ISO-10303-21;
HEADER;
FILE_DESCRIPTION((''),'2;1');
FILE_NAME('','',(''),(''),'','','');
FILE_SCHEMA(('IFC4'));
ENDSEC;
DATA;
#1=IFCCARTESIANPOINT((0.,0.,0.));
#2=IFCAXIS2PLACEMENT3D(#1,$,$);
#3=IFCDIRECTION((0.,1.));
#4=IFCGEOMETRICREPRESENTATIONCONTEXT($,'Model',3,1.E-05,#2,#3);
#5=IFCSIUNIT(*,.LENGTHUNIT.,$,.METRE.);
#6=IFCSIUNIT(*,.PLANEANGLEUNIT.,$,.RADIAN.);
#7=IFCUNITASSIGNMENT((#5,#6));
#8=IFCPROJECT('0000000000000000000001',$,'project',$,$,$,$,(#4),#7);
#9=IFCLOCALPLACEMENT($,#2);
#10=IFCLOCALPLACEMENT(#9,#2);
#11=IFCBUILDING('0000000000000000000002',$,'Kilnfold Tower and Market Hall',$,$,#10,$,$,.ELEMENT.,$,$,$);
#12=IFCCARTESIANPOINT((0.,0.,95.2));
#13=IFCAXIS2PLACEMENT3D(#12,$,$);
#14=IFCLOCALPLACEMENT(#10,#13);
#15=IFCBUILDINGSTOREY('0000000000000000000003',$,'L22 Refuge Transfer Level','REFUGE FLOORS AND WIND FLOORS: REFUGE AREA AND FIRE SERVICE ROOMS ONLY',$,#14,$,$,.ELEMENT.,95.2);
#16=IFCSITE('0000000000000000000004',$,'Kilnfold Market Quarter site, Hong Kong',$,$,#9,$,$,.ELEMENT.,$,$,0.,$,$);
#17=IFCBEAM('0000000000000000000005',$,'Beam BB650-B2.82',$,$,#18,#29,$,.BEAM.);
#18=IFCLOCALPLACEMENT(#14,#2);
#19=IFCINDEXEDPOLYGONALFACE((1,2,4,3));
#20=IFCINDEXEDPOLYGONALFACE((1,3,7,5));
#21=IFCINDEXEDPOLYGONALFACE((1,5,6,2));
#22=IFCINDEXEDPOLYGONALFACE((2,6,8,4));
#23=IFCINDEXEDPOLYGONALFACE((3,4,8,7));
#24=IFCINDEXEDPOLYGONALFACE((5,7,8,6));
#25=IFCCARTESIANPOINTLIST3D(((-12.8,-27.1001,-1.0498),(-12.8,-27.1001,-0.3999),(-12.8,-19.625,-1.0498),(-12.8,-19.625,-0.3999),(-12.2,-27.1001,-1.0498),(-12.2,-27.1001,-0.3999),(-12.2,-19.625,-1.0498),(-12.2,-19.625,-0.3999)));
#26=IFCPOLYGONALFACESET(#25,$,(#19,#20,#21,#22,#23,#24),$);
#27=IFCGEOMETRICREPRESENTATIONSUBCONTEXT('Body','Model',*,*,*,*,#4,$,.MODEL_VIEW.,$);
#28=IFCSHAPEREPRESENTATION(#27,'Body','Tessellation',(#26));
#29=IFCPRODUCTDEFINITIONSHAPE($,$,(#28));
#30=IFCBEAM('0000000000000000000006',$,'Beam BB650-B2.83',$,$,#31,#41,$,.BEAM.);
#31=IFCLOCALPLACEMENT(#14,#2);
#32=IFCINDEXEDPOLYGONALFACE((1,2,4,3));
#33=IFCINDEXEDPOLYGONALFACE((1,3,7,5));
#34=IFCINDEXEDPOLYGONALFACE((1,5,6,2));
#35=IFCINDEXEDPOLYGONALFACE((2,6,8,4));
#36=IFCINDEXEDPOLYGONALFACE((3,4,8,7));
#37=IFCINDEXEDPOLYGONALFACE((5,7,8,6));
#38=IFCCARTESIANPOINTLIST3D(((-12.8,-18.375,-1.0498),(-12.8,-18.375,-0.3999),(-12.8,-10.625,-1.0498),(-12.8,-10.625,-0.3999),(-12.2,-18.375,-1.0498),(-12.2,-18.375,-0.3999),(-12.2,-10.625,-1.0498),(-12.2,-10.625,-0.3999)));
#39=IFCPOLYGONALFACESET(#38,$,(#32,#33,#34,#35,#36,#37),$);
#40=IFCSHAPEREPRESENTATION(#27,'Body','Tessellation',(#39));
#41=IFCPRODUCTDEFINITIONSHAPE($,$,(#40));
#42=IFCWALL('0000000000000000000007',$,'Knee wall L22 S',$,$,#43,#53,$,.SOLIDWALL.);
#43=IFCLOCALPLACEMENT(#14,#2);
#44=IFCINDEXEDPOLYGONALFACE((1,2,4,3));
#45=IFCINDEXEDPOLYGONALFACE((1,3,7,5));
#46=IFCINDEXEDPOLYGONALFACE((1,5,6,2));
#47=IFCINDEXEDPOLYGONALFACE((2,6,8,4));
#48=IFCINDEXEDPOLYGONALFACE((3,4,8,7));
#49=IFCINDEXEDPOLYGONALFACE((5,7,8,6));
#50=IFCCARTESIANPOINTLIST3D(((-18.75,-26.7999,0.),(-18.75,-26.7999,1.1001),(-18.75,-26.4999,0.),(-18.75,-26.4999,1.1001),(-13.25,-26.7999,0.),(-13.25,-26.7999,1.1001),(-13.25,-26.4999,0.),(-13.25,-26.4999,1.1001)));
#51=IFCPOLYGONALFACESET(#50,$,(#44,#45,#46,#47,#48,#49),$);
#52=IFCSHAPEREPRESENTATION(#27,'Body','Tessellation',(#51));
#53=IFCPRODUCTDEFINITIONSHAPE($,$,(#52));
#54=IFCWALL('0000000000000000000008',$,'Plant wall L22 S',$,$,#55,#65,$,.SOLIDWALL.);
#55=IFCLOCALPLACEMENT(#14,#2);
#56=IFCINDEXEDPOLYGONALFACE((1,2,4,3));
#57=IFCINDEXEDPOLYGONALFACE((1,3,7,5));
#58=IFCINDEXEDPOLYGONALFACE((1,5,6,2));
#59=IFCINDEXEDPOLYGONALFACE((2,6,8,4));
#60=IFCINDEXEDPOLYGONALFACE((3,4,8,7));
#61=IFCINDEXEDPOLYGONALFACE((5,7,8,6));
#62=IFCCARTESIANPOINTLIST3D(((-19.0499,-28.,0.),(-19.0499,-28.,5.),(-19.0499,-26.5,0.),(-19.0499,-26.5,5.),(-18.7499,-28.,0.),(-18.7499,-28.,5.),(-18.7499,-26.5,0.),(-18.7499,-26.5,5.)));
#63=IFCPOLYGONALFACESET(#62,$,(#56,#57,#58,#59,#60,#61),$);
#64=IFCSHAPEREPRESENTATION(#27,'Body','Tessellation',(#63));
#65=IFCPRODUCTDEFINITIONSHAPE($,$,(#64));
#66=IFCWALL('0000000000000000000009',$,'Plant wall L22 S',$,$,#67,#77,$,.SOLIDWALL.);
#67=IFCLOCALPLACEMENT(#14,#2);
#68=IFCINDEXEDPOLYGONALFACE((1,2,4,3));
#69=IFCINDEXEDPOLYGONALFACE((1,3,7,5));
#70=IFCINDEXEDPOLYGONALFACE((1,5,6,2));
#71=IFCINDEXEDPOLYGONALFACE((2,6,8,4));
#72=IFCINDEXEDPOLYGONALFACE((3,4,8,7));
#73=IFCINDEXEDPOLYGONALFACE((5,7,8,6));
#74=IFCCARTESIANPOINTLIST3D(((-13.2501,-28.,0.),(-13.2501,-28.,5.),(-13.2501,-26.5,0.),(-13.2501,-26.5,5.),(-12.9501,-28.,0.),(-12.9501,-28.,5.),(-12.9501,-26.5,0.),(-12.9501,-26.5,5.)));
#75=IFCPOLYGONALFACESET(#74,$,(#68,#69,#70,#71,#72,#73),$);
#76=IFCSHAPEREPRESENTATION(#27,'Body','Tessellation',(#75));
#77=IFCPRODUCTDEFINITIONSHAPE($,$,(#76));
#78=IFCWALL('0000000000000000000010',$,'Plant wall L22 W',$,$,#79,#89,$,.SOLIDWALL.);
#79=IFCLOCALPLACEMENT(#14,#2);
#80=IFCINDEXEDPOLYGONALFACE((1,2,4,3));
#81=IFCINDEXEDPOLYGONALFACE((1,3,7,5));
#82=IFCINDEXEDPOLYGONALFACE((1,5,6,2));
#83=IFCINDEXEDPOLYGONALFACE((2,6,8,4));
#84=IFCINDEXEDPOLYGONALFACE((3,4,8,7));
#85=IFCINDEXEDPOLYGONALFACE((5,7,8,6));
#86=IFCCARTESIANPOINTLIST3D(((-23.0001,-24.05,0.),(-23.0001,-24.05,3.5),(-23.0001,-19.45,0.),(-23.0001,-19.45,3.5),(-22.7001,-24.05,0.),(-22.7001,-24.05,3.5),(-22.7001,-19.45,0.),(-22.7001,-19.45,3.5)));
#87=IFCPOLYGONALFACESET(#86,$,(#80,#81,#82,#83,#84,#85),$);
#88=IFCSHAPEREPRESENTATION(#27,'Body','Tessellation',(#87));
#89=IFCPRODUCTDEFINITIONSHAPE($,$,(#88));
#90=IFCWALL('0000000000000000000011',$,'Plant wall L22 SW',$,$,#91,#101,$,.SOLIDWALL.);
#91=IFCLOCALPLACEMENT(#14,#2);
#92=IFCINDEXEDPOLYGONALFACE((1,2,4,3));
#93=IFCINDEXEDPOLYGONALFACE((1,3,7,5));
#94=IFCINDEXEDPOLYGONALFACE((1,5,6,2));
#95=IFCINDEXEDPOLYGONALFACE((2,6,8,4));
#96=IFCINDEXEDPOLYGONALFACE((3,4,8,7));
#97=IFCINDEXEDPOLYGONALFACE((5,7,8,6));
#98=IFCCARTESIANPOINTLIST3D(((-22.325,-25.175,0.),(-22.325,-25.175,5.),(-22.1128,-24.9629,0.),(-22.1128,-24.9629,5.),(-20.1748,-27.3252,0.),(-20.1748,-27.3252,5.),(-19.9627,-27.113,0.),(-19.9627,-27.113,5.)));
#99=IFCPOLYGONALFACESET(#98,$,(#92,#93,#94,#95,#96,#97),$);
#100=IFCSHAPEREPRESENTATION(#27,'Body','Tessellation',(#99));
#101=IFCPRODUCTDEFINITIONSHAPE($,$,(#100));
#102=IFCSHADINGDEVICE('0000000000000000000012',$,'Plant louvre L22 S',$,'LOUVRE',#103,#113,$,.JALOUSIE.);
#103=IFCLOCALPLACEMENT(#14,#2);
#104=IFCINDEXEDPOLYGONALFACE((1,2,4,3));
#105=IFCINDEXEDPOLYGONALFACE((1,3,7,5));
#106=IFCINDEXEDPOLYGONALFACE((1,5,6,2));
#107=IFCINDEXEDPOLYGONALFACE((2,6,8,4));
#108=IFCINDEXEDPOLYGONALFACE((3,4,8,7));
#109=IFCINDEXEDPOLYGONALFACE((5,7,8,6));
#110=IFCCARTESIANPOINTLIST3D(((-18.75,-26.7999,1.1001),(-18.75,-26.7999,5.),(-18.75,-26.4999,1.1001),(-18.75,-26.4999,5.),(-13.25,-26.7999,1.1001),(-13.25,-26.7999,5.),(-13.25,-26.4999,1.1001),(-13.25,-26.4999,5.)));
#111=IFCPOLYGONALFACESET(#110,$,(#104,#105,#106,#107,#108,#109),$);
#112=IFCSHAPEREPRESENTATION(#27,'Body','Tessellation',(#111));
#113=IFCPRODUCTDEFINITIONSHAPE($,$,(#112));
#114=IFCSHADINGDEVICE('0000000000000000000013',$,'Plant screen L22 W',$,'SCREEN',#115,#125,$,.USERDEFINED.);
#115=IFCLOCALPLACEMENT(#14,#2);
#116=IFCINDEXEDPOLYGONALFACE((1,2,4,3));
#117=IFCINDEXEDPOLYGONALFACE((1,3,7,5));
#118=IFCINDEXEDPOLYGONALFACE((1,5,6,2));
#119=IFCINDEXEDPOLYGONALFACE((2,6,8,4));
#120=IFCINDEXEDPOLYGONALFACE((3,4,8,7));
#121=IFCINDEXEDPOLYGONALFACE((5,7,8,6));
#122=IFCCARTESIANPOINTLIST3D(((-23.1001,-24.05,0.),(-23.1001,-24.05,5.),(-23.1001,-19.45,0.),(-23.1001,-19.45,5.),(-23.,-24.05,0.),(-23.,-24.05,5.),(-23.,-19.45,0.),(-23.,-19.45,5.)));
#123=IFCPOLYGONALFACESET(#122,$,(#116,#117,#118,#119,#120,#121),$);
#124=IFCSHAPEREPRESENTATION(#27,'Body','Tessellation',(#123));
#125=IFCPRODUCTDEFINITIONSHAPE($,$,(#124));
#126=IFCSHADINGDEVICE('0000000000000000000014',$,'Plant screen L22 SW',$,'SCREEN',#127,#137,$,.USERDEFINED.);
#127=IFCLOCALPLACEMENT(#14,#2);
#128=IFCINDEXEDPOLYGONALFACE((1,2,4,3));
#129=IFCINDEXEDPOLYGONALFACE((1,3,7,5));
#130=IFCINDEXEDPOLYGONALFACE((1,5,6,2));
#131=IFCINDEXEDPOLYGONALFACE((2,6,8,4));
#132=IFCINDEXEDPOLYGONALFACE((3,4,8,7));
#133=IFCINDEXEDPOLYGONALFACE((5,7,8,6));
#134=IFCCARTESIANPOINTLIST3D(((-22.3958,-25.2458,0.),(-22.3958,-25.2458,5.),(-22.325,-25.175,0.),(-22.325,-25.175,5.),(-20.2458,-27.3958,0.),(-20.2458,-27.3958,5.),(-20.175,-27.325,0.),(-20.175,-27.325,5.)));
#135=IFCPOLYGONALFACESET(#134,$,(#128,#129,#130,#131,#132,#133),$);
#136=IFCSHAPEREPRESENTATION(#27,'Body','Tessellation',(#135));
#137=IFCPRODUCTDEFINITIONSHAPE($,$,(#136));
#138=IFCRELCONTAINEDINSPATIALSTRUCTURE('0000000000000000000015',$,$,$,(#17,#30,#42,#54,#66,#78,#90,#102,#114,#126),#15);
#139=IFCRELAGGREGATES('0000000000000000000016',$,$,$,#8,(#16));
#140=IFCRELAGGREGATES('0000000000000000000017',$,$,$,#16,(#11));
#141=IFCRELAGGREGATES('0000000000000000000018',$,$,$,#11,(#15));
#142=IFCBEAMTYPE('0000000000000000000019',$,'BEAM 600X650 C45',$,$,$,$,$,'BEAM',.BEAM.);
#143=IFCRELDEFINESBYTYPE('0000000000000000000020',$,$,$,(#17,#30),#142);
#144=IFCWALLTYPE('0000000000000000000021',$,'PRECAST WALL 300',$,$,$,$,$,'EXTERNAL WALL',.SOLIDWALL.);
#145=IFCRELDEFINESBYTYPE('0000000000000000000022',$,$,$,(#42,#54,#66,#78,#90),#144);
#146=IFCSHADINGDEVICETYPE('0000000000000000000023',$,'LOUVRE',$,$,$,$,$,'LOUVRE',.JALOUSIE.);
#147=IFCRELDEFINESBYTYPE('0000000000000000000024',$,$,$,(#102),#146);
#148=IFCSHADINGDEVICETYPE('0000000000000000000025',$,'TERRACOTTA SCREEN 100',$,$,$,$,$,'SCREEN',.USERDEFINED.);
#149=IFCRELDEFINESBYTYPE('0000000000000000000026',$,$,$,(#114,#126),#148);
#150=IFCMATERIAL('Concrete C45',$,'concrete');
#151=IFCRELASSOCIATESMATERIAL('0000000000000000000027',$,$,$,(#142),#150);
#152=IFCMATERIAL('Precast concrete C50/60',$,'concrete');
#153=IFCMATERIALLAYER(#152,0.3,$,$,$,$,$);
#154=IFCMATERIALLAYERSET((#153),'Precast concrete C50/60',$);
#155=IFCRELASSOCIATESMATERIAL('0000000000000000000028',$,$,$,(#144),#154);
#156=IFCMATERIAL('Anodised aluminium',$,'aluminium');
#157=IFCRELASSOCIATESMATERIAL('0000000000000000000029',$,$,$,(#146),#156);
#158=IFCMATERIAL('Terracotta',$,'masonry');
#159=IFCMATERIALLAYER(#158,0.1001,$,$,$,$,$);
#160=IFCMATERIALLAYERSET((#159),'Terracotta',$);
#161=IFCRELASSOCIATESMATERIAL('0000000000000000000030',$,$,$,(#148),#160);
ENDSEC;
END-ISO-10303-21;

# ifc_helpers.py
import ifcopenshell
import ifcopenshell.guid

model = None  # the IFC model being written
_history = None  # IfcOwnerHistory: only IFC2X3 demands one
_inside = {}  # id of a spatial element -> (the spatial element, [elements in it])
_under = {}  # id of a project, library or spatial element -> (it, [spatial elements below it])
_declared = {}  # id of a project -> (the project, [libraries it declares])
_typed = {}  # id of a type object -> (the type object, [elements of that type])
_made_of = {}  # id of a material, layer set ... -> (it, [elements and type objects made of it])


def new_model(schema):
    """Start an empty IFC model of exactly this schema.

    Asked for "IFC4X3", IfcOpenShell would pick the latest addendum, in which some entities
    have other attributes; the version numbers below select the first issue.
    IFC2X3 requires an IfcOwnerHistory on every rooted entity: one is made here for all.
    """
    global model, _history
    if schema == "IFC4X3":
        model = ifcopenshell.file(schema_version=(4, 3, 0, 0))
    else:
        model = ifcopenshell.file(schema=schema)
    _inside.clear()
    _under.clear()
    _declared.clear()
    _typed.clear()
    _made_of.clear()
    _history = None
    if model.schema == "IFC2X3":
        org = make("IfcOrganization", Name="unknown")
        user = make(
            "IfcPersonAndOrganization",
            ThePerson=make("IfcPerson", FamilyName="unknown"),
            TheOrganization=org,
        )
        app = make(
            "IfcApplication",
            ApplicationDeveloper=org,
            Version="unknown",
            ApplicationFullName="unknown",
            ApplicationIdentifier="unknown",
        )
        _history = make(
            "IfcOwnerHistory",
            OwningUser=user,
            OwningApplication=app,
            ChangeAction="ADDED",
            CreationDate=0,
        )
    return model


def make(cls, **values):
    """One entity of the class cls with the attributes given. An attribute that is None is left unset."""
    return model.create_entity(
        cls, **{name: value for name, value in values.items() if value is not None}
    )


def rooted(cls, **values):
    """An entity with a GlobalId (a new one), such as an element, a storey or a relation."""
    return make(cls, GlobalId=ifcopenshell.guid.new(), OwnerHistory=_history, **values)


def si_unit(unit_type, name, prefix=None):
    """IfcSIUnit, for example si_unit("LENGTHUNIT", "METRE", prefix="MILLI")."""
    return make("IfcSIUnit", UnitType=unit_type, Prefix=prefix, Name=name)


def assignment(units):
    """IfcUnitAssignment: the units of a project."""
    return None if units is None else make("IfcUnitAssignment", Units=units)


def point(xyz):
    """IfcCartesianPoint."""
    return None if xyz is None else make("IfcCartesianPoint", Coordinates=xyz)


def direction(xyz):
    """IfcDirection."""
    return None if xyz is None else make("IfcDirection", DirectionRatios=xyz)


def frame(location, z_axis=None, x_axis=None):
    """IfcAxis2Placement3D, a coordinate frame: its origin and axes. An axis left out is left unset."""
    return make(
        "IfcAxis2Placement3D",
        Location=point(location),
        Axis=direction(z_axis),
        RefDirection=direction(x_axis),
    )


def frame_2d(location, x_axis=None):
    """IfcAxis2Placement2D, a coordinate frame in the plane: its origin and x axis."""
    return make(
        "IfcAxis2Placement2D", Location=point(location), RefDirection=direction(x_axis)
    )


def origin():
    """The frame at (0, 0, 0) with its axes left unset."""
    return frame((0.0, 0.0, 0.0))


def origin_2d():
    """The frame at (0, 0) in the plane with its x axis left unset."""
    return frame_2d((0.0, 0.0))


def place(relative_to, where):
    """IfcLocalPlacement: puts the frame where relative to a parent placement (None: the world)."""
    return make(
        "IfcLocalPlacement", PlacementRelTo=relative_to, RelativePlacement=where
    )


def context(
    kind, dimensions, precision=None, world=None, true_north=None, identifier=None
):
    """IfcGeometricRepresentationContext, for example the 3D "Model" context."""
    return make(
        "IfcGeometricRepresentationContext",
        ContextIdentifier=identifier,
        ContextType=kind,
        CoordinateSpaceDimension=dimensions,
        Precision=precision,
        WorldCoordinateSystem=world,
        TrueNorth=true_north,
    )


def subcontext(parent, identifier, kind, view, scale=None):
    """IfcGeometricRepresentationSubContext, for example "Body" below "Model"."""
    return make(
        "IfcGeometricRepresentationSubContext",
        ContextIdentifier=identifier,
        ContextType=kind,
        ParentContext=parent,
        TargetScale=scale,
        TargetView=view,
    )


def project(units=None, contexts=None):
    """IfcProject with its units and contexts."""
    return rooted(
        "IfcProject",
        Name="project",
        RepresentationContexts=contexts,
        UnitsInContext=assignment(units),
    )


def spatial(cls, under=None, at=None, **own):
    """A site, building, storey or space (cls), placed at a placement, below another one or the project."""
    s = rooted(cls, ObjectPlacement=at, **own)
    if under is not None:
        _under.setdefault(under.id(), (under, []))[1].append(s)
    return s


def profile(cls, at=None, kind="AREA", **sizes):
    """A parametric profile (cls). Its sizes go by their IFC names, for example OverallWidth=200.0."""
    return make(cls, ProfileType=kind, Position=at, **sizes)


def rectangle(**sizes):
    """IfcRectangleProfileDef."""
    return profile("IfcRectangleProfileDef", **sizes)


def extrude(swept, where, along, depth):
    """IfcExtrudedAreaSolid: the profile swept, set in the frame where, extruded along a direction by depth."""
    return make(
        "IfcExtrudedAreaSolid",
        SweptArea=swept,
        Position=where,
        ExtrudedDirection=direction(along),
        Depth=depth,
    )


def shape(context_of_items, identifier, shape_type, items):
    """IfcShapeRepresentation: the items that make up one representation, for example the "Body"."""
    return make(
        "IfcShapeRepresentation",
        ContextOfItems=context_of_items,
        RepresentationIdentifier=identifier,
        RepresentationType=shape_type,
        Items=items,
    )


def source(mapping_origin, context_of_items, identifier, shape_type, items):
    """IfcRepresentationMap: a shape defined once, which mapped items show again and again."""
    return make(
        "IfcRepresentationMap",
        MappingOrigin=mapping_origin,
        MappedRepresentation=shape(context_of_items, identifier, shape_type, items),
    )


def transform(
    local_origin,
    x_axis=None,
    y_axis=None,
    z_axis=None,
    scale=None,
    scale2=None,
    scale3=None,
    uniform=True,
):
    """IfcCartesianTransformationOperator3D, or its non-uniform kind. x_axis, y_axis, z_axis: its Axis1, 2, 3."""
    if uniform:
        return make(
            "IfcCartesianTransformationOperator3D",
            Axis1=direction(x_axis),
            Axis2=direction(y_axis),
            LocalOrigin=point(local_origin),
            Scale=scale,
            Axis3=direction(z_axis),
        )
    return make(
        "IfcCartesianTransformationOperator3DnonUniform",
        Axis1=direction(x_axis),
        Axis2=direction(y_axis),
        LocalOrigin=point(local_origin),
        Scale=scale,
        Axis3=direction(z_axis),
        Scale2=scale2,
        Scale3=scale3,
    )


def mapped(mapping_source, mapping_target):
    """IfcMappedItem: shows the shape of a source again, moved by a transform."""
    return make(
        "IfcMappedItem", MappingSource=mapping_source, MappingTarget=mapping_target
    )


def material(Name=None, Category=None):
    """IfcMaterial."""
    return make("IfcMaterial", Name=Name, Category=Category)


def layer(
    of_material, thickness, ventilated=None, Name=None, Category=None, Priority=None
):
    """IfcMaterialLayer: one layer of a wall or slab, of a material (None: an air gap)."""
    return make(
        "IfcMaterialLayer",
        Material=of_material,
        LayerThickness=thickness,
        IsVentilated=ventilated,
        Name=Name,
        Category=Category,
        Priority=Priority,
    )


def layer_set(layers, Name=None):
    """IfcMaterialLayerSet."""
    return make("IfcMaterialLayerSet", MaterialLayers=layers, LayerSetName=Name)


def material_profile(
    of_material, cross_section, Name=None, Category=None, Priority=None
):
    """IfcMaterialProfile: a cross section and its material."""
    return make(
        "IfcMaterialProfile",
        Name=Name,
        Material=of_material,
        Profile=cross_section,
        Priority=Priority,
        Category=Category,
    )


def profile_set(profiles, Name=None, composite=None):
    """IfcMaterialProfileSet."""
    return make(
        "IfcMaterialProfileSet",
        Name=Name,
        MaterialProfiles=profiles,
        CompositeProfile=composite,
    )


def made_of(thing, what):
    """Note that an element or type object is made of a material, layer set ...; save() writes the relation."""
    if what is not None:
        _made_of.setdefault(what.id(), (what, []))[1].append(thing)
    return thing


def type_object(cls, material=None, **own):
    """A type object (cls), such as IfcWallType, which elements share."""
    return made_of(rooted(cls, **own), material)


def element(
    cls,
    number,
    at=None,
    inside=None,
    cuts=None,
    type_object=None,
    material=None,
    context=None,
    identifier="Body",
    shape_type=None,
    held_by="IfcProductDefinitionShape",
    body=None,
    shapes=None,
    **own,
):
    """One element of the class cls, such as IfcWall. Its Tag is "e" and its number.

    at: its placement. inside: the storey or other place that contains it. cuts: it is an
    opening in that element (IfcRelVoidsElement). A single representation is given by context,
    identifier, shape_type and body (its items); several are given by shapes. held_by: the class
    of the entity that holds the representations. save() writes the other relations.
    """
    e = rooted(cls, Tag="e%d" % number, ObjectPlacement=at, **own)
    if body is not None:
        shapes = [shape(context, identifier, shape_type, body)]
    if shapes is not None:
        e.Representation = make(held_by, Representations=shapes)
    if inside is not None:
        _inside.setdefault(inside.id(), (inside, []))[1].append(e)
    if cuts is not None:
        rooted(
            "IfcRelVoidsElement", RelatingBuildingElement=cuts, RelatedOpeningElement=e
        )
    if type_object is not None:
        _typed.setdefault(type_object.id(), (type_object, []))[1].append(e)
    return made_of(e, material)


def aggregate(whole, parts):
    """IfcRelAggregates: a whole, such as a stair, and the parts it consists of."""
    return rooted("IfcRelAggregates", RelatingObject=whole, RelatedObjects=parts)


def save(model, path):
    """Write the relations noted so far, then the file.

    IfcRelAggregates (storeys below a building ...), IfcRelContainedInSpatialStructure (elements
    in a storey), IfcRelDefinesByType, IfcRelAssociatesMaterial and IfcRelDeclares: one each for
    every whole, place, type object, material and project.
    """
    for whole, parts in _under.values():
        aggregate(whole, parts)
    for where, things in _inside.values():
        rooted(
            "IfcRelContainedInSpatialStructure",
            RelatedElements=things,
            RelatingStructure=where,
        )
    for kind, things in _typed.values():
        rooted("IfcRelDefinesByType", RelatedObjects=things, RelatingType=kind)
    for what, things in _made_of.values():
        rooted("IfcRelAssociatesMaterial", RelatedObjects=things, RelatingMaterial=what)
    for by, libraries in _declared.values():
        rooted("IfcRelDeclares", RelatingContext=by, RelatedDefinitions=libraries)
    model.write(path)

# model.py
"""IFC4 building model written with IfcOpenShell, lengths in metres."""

from ifc_helpers import new_model, si_unit, direction, frame, frame_2d, origin, origin_2d, place, context, subcontext, project, spatial, rectangle, extrude, source, transform, mapped, material, layer, layer_set, material_profile, profile_set, type_object, element, save


model = new_model("IFC4")

# Units and contexts
model_context = context("Model", 3, precision=1e-05, world=origin(), true_north=direction((0.0, 1.0)))
body_context = subcontext(model_context, "Body", "Model", "MODEL_VIEW")
ifc_project = project(units=[si_unit("LENGTHUNIT", "METRE"), si_unit("PLANEANGLEUNIT", "RADIAN")], contexts=[model_context])

# Site, building, storey
site_placement = place(None, origin())
site = spatial("IfcSite", under=ifc_project, at=site_placement, Name="Kilnfold Market Quarter site, Hong Kong", CompositionType="ELEMENT", RefElevation=0.0)
building_placement = place(site_placement, origin())
building = spatial("IfcBuilding", under=site, at=building_placement, Name="Kilnfold Tower and Market Hall", CompositionType="ELEMENT")
storey_placement = place(building_placement, frame((0.0, 0.0, 95.2)))
storey = spatial("IfcBuildingStorey", under=building, at=storey_placement, Name="L22 Refuge Transfer Level", Description="REFUGE FLOORS AND WIND FLOORS: REFUGE AREA AND FIRE SERVICE ROOMS ONLY", CompositionType="ELEMENT", Elevation=95.2)

# Beams
ifc_material_1 = material(Name="Concrete C45", Category="concrete")
ifc_material_profile_1 = material_profile(ifc_material_1, rectangle(XDim=0.6001, YDim=0.6499, at=origin_2d()), Name="RC 600x650")
ifc_profile_set_1 = profile_set([ifc_material_profile_1], Name="Concrete C45")
beam_type_1 = type_object("IfcBeamType", Name="BEAM 600X650 C45", ElementType="BEAM", PredefinedType="BEAM", material=ifc_profile_set_1)
shared_shape_1 = source(origin(), body_context, "Body", "SweptSolid", [
    extrude(rectangle(XDim=0.6001, YDim=0.6499, at=origin_2d()), origin(), (0.0, 0.0, 1.0), 7.4751),
])
beam_1_placement = place(storey_placement, frame((-12.5, -27.1001, -0.7249), z_axis=(0.0, 1.0, 0.0), x_axis=(-1.0, 0.0, 0.0)))
element("IfcBeam", 1, at=beam_1_placement, inside=storey, type_object=beam_type_1, Name="Beam BB650-B2.82", PredefinedType="BEAM", context=body_context, shape_type="MappedRepresentation", body=[
    mapped(shared_shape_1, transform((0.0, 0.0, 0.0))),
])
shared_shape_2 = source(origin(), body_context, "Body", "SweptSolid", [
    extrude(rectangle(XDim=0.6001, YDim=0.6499, at=origin_2d()), origin(), (0.0, 0.0, 1.0), 7.75),
])
beam_2_placement = place(storey_placement, frame((-12.5, -18.375, -0.7249), z_axis=(0.0, 1.0, 0.0), x_axis=(-1.0, 0.0, 0.0)))
element("IfcBeam", 2, at=beam_2_placement, inside=storey, type_object=beam_type_1, Name="Beam BB650-B2.83", PredefinedType="BEAM", context=body_context, shape_type="MappedRepresentation", body=[
    mapped(shared_shape_2, transform((0.0, 0.0, 0.0))),
])

# Walls
ifc_material_2 = material(Name="Precast concrete C50/60", Category="concrete")
ifc_layer_1 = layer(ifc_material_2, 0.3)
ifc_layer_set_1 = layer_set([ifc_layer_1], Name="Precast concrete C50/60")
wall_type = type_object("IfcWallType", Name="PRECAST WALL 300", ElementType="EXTERNAL WALL", PredefinedType="SOLIDWALL", material=ifc_layer_set_1)
shared_shape_3 = source(origin(), body_context, "Body", "SweptSolid", [
    extrude(rectangle(XDim=5.5, YDim=0.3, at=frame_2d((2.75, 0.0))), origin(), (0.0, 0.0, 1.0), 1.1001),
])
wall_1_placement = place(storey_placement, frame((-18.75, -26.6499, 0.0), z_axis=(0.0, 0.0, 1.0), x_axis=(1.0, 0.0, 0.0)))
element("IfcWall", 3, at=wall_1_placement, inside=storey, type_object=wall_type, Name="Knee wall L22 S", PredefinedType="SOLIDWALL", context=body_context, shape_type="MappedRepresentation", body=[
    mapped(shared_shape_3, transform((0.0, 0.0, 0.0))),
])
shared_shape_4 = source(origin(), body_context, "Body", "SweptSolid", [
    extrude(rectangle(XDim=1.5, YDim=0.3, at=frame_2d((0.75, 0.0))), origin(), (0.0, 0.0, 1.0), 5.0),
])
for number, where, z_axis, x_axis, name in (
    (4, (-18.8999, -28.0, 0.0), (0.0, 0.0, 1.0), (0.0, 1.0, 0.0), "Plant wall L22 S"),
    (5, (-13.1001, -28.0, 0.0), (0.0, 0.0, 1.0), (0.0, 1.0, 0.0), "Plant wall L22 S"),
):
    element("IfcWall", number, at=place(storey_placement, frame(where, z_axis=z_axis, x_axis=x_axis)), inside=storey, type_object=wall_type, Name=name, PredefinedType="SOLIDWALL", context=body_context, shape_type="MappedRepresentation", body=[
        mapped(shared_shape_4, transform((0.0, 0.0, 0.0))),
    ])
shared_shape_5 = source(origin(), body_context, "Body", "SweptSolid", [
    extrude(rectangle(XDim=4.6001, YDim=0.3, at=frame_2d((2.3, 0.0))), origin(), (0.0, 0.0, 1.0), 3.5),
])
wall_2_placement = place(storey_placement, frame((-22.8501, -19.45, 0.0), z_axis=(0.0, 0.0, 1.0), x_axis=(0.0, -1.0, 0.0)))
element("IfcWall", 6, at=wall_2_placement, inside=storey, type_object=wall_type, Name="Plant wall L22 W", PredefinedType="SOLIDWALL", context=body_context, shape_type="MappedRepresentation", body=[
    mapped(shared_shape_5, transform((0.0, 0.0, 0.0))),
])
shared_shape_6 = source(origin(), body_context, "Body", "SweptSolid", [
    extrude(rectangle(XDim=3.0408, YDim=0.3, at=frame_2d((1.5205, 0.0))), origin(), (0.0, 0.0, 1.0), 5.0),
])
wall_3_placement = place(storey_placement, frame((-22.219, -25.0688, 0.0), z_axis=(0.0, 0.0, 1.0), x_axis=(0.707107, -0.707107, 0.0)))
element("IfcWall", 7, at=wall_3_placement, inside=storey, type_object=wall_type, Name="Plant wall L22 SW", PredefinedType="SOLIDWALL", context=body_context, shape_type="MappedRepresentation", body=[
    mapped(shared_shape_6, transform((0.0, 0.0, 0.0))),
])

# Shading devices
ifc_material_3 = material(Name="Anodised aluminium", Category="aluminium")
shading_device_type_1 = type_object("IfcShadingDeviceType", Name="LOUVRE", ElementType="LOUVRE", PredefinedType="JALOUSIE", material=ifc_material_3)
shared_shape_7 = source(origin(), body_context, "Body", "SweptSolid", [
    extrude(rectangle(XDim=5.5, YDim=0.3, at=origin_2d()), origin(), (0.0, 0.0, 1.0), 3.8999),
])
shading_device_1_placement = place(storey_placement, frame((-16.0, -26.6499, 1.1001), z_axis=(0.0, 0.0, 1.0), x_axis=(1.0, 0.0, 0.0)))
element("IfcShadingDevice", 8, at=shading_device_1_placement, inside=storey, type_object=shading_device_type_1, Name="Plant louvre L22 S", ObjectType="LOUVRE", PredefinedType="JALOUSIE", context=body_context, shape_type="MappedRepresentation", body=[
    mapped(shared_shape_7, transform((0.0, 0.0, 0.0))),
])
ifc_material_4 = material(Name="Terracotta", Category="masonry")
ifc_layer_2 = layer(ifc_material_4, 0.1001)
ifc_layer_set_2 = layer_set([ifc_layer_2], Name="Terracotta")
shading_device_type_2 = type_object("IfcShadingDeviceType", Name="TERRACOTTA SCREEN 100", ElementType="SCREEN", PredefinedType="USERDEFINED", material=ifc_layer_set_2)
shared_shape_8 = source(origin(), body_context, "Body", "SweptSolid", [
    extrude(rectangle(XDim=4.6001, YDim=0.1001, at=origin_2d()), origin(), (0.0, 0.0, 1.0), 5.0),
])
shading_device_2_placement = place(storey_placement, frame((-23.05, -21.75, 0.0), z_axis=(0.0, 0.0, 1.0), x_axis=(0.0, -1.0, 0.0)))
element("IfcShadingDevice", 9, at=shading_device_2_placement, inside=storey, type_object=shading_device_type_2, Name="Plant screen L22 W", ObjectType="SCREEN", PredefinedType="USERDEFINED", context=body_context, shape_type="MappedRepresentation", body=[
    mapped(shared_shape_8, transform((0.0, 0.0, 0.0))),
])
shared_shape_9 = source(origin(), body_context, "Body", "SweptSolid", [
    extrude(rectangle(XDim=3.0405, YDim=0.1001, at=origin_2d()), origin(), (0.0, 0.0, 1.0), 5.0),
])
shading_device_3_placement = place(storey_placement, frame((-21.2854, -26.2854, 0.0), z_axis=(0.0, 0.0, 1.0), x_axis=(0.707107, -0.707107, 0.0)))
element("IfcShadingDevice", 10, at=shading_device_3_placement, inside=storey, type_object=shading_device_type_2, Name="Plant screen L22 SW", ObjectType="SCREEN", PredefinedType="USERDEFINED", context=body_context, shape_type="MappedRepresentation", body=[
    mapped(shared_shape_9, transform((0.0, 0.0, 0.0))),
])

save(model, "model.ifc")
